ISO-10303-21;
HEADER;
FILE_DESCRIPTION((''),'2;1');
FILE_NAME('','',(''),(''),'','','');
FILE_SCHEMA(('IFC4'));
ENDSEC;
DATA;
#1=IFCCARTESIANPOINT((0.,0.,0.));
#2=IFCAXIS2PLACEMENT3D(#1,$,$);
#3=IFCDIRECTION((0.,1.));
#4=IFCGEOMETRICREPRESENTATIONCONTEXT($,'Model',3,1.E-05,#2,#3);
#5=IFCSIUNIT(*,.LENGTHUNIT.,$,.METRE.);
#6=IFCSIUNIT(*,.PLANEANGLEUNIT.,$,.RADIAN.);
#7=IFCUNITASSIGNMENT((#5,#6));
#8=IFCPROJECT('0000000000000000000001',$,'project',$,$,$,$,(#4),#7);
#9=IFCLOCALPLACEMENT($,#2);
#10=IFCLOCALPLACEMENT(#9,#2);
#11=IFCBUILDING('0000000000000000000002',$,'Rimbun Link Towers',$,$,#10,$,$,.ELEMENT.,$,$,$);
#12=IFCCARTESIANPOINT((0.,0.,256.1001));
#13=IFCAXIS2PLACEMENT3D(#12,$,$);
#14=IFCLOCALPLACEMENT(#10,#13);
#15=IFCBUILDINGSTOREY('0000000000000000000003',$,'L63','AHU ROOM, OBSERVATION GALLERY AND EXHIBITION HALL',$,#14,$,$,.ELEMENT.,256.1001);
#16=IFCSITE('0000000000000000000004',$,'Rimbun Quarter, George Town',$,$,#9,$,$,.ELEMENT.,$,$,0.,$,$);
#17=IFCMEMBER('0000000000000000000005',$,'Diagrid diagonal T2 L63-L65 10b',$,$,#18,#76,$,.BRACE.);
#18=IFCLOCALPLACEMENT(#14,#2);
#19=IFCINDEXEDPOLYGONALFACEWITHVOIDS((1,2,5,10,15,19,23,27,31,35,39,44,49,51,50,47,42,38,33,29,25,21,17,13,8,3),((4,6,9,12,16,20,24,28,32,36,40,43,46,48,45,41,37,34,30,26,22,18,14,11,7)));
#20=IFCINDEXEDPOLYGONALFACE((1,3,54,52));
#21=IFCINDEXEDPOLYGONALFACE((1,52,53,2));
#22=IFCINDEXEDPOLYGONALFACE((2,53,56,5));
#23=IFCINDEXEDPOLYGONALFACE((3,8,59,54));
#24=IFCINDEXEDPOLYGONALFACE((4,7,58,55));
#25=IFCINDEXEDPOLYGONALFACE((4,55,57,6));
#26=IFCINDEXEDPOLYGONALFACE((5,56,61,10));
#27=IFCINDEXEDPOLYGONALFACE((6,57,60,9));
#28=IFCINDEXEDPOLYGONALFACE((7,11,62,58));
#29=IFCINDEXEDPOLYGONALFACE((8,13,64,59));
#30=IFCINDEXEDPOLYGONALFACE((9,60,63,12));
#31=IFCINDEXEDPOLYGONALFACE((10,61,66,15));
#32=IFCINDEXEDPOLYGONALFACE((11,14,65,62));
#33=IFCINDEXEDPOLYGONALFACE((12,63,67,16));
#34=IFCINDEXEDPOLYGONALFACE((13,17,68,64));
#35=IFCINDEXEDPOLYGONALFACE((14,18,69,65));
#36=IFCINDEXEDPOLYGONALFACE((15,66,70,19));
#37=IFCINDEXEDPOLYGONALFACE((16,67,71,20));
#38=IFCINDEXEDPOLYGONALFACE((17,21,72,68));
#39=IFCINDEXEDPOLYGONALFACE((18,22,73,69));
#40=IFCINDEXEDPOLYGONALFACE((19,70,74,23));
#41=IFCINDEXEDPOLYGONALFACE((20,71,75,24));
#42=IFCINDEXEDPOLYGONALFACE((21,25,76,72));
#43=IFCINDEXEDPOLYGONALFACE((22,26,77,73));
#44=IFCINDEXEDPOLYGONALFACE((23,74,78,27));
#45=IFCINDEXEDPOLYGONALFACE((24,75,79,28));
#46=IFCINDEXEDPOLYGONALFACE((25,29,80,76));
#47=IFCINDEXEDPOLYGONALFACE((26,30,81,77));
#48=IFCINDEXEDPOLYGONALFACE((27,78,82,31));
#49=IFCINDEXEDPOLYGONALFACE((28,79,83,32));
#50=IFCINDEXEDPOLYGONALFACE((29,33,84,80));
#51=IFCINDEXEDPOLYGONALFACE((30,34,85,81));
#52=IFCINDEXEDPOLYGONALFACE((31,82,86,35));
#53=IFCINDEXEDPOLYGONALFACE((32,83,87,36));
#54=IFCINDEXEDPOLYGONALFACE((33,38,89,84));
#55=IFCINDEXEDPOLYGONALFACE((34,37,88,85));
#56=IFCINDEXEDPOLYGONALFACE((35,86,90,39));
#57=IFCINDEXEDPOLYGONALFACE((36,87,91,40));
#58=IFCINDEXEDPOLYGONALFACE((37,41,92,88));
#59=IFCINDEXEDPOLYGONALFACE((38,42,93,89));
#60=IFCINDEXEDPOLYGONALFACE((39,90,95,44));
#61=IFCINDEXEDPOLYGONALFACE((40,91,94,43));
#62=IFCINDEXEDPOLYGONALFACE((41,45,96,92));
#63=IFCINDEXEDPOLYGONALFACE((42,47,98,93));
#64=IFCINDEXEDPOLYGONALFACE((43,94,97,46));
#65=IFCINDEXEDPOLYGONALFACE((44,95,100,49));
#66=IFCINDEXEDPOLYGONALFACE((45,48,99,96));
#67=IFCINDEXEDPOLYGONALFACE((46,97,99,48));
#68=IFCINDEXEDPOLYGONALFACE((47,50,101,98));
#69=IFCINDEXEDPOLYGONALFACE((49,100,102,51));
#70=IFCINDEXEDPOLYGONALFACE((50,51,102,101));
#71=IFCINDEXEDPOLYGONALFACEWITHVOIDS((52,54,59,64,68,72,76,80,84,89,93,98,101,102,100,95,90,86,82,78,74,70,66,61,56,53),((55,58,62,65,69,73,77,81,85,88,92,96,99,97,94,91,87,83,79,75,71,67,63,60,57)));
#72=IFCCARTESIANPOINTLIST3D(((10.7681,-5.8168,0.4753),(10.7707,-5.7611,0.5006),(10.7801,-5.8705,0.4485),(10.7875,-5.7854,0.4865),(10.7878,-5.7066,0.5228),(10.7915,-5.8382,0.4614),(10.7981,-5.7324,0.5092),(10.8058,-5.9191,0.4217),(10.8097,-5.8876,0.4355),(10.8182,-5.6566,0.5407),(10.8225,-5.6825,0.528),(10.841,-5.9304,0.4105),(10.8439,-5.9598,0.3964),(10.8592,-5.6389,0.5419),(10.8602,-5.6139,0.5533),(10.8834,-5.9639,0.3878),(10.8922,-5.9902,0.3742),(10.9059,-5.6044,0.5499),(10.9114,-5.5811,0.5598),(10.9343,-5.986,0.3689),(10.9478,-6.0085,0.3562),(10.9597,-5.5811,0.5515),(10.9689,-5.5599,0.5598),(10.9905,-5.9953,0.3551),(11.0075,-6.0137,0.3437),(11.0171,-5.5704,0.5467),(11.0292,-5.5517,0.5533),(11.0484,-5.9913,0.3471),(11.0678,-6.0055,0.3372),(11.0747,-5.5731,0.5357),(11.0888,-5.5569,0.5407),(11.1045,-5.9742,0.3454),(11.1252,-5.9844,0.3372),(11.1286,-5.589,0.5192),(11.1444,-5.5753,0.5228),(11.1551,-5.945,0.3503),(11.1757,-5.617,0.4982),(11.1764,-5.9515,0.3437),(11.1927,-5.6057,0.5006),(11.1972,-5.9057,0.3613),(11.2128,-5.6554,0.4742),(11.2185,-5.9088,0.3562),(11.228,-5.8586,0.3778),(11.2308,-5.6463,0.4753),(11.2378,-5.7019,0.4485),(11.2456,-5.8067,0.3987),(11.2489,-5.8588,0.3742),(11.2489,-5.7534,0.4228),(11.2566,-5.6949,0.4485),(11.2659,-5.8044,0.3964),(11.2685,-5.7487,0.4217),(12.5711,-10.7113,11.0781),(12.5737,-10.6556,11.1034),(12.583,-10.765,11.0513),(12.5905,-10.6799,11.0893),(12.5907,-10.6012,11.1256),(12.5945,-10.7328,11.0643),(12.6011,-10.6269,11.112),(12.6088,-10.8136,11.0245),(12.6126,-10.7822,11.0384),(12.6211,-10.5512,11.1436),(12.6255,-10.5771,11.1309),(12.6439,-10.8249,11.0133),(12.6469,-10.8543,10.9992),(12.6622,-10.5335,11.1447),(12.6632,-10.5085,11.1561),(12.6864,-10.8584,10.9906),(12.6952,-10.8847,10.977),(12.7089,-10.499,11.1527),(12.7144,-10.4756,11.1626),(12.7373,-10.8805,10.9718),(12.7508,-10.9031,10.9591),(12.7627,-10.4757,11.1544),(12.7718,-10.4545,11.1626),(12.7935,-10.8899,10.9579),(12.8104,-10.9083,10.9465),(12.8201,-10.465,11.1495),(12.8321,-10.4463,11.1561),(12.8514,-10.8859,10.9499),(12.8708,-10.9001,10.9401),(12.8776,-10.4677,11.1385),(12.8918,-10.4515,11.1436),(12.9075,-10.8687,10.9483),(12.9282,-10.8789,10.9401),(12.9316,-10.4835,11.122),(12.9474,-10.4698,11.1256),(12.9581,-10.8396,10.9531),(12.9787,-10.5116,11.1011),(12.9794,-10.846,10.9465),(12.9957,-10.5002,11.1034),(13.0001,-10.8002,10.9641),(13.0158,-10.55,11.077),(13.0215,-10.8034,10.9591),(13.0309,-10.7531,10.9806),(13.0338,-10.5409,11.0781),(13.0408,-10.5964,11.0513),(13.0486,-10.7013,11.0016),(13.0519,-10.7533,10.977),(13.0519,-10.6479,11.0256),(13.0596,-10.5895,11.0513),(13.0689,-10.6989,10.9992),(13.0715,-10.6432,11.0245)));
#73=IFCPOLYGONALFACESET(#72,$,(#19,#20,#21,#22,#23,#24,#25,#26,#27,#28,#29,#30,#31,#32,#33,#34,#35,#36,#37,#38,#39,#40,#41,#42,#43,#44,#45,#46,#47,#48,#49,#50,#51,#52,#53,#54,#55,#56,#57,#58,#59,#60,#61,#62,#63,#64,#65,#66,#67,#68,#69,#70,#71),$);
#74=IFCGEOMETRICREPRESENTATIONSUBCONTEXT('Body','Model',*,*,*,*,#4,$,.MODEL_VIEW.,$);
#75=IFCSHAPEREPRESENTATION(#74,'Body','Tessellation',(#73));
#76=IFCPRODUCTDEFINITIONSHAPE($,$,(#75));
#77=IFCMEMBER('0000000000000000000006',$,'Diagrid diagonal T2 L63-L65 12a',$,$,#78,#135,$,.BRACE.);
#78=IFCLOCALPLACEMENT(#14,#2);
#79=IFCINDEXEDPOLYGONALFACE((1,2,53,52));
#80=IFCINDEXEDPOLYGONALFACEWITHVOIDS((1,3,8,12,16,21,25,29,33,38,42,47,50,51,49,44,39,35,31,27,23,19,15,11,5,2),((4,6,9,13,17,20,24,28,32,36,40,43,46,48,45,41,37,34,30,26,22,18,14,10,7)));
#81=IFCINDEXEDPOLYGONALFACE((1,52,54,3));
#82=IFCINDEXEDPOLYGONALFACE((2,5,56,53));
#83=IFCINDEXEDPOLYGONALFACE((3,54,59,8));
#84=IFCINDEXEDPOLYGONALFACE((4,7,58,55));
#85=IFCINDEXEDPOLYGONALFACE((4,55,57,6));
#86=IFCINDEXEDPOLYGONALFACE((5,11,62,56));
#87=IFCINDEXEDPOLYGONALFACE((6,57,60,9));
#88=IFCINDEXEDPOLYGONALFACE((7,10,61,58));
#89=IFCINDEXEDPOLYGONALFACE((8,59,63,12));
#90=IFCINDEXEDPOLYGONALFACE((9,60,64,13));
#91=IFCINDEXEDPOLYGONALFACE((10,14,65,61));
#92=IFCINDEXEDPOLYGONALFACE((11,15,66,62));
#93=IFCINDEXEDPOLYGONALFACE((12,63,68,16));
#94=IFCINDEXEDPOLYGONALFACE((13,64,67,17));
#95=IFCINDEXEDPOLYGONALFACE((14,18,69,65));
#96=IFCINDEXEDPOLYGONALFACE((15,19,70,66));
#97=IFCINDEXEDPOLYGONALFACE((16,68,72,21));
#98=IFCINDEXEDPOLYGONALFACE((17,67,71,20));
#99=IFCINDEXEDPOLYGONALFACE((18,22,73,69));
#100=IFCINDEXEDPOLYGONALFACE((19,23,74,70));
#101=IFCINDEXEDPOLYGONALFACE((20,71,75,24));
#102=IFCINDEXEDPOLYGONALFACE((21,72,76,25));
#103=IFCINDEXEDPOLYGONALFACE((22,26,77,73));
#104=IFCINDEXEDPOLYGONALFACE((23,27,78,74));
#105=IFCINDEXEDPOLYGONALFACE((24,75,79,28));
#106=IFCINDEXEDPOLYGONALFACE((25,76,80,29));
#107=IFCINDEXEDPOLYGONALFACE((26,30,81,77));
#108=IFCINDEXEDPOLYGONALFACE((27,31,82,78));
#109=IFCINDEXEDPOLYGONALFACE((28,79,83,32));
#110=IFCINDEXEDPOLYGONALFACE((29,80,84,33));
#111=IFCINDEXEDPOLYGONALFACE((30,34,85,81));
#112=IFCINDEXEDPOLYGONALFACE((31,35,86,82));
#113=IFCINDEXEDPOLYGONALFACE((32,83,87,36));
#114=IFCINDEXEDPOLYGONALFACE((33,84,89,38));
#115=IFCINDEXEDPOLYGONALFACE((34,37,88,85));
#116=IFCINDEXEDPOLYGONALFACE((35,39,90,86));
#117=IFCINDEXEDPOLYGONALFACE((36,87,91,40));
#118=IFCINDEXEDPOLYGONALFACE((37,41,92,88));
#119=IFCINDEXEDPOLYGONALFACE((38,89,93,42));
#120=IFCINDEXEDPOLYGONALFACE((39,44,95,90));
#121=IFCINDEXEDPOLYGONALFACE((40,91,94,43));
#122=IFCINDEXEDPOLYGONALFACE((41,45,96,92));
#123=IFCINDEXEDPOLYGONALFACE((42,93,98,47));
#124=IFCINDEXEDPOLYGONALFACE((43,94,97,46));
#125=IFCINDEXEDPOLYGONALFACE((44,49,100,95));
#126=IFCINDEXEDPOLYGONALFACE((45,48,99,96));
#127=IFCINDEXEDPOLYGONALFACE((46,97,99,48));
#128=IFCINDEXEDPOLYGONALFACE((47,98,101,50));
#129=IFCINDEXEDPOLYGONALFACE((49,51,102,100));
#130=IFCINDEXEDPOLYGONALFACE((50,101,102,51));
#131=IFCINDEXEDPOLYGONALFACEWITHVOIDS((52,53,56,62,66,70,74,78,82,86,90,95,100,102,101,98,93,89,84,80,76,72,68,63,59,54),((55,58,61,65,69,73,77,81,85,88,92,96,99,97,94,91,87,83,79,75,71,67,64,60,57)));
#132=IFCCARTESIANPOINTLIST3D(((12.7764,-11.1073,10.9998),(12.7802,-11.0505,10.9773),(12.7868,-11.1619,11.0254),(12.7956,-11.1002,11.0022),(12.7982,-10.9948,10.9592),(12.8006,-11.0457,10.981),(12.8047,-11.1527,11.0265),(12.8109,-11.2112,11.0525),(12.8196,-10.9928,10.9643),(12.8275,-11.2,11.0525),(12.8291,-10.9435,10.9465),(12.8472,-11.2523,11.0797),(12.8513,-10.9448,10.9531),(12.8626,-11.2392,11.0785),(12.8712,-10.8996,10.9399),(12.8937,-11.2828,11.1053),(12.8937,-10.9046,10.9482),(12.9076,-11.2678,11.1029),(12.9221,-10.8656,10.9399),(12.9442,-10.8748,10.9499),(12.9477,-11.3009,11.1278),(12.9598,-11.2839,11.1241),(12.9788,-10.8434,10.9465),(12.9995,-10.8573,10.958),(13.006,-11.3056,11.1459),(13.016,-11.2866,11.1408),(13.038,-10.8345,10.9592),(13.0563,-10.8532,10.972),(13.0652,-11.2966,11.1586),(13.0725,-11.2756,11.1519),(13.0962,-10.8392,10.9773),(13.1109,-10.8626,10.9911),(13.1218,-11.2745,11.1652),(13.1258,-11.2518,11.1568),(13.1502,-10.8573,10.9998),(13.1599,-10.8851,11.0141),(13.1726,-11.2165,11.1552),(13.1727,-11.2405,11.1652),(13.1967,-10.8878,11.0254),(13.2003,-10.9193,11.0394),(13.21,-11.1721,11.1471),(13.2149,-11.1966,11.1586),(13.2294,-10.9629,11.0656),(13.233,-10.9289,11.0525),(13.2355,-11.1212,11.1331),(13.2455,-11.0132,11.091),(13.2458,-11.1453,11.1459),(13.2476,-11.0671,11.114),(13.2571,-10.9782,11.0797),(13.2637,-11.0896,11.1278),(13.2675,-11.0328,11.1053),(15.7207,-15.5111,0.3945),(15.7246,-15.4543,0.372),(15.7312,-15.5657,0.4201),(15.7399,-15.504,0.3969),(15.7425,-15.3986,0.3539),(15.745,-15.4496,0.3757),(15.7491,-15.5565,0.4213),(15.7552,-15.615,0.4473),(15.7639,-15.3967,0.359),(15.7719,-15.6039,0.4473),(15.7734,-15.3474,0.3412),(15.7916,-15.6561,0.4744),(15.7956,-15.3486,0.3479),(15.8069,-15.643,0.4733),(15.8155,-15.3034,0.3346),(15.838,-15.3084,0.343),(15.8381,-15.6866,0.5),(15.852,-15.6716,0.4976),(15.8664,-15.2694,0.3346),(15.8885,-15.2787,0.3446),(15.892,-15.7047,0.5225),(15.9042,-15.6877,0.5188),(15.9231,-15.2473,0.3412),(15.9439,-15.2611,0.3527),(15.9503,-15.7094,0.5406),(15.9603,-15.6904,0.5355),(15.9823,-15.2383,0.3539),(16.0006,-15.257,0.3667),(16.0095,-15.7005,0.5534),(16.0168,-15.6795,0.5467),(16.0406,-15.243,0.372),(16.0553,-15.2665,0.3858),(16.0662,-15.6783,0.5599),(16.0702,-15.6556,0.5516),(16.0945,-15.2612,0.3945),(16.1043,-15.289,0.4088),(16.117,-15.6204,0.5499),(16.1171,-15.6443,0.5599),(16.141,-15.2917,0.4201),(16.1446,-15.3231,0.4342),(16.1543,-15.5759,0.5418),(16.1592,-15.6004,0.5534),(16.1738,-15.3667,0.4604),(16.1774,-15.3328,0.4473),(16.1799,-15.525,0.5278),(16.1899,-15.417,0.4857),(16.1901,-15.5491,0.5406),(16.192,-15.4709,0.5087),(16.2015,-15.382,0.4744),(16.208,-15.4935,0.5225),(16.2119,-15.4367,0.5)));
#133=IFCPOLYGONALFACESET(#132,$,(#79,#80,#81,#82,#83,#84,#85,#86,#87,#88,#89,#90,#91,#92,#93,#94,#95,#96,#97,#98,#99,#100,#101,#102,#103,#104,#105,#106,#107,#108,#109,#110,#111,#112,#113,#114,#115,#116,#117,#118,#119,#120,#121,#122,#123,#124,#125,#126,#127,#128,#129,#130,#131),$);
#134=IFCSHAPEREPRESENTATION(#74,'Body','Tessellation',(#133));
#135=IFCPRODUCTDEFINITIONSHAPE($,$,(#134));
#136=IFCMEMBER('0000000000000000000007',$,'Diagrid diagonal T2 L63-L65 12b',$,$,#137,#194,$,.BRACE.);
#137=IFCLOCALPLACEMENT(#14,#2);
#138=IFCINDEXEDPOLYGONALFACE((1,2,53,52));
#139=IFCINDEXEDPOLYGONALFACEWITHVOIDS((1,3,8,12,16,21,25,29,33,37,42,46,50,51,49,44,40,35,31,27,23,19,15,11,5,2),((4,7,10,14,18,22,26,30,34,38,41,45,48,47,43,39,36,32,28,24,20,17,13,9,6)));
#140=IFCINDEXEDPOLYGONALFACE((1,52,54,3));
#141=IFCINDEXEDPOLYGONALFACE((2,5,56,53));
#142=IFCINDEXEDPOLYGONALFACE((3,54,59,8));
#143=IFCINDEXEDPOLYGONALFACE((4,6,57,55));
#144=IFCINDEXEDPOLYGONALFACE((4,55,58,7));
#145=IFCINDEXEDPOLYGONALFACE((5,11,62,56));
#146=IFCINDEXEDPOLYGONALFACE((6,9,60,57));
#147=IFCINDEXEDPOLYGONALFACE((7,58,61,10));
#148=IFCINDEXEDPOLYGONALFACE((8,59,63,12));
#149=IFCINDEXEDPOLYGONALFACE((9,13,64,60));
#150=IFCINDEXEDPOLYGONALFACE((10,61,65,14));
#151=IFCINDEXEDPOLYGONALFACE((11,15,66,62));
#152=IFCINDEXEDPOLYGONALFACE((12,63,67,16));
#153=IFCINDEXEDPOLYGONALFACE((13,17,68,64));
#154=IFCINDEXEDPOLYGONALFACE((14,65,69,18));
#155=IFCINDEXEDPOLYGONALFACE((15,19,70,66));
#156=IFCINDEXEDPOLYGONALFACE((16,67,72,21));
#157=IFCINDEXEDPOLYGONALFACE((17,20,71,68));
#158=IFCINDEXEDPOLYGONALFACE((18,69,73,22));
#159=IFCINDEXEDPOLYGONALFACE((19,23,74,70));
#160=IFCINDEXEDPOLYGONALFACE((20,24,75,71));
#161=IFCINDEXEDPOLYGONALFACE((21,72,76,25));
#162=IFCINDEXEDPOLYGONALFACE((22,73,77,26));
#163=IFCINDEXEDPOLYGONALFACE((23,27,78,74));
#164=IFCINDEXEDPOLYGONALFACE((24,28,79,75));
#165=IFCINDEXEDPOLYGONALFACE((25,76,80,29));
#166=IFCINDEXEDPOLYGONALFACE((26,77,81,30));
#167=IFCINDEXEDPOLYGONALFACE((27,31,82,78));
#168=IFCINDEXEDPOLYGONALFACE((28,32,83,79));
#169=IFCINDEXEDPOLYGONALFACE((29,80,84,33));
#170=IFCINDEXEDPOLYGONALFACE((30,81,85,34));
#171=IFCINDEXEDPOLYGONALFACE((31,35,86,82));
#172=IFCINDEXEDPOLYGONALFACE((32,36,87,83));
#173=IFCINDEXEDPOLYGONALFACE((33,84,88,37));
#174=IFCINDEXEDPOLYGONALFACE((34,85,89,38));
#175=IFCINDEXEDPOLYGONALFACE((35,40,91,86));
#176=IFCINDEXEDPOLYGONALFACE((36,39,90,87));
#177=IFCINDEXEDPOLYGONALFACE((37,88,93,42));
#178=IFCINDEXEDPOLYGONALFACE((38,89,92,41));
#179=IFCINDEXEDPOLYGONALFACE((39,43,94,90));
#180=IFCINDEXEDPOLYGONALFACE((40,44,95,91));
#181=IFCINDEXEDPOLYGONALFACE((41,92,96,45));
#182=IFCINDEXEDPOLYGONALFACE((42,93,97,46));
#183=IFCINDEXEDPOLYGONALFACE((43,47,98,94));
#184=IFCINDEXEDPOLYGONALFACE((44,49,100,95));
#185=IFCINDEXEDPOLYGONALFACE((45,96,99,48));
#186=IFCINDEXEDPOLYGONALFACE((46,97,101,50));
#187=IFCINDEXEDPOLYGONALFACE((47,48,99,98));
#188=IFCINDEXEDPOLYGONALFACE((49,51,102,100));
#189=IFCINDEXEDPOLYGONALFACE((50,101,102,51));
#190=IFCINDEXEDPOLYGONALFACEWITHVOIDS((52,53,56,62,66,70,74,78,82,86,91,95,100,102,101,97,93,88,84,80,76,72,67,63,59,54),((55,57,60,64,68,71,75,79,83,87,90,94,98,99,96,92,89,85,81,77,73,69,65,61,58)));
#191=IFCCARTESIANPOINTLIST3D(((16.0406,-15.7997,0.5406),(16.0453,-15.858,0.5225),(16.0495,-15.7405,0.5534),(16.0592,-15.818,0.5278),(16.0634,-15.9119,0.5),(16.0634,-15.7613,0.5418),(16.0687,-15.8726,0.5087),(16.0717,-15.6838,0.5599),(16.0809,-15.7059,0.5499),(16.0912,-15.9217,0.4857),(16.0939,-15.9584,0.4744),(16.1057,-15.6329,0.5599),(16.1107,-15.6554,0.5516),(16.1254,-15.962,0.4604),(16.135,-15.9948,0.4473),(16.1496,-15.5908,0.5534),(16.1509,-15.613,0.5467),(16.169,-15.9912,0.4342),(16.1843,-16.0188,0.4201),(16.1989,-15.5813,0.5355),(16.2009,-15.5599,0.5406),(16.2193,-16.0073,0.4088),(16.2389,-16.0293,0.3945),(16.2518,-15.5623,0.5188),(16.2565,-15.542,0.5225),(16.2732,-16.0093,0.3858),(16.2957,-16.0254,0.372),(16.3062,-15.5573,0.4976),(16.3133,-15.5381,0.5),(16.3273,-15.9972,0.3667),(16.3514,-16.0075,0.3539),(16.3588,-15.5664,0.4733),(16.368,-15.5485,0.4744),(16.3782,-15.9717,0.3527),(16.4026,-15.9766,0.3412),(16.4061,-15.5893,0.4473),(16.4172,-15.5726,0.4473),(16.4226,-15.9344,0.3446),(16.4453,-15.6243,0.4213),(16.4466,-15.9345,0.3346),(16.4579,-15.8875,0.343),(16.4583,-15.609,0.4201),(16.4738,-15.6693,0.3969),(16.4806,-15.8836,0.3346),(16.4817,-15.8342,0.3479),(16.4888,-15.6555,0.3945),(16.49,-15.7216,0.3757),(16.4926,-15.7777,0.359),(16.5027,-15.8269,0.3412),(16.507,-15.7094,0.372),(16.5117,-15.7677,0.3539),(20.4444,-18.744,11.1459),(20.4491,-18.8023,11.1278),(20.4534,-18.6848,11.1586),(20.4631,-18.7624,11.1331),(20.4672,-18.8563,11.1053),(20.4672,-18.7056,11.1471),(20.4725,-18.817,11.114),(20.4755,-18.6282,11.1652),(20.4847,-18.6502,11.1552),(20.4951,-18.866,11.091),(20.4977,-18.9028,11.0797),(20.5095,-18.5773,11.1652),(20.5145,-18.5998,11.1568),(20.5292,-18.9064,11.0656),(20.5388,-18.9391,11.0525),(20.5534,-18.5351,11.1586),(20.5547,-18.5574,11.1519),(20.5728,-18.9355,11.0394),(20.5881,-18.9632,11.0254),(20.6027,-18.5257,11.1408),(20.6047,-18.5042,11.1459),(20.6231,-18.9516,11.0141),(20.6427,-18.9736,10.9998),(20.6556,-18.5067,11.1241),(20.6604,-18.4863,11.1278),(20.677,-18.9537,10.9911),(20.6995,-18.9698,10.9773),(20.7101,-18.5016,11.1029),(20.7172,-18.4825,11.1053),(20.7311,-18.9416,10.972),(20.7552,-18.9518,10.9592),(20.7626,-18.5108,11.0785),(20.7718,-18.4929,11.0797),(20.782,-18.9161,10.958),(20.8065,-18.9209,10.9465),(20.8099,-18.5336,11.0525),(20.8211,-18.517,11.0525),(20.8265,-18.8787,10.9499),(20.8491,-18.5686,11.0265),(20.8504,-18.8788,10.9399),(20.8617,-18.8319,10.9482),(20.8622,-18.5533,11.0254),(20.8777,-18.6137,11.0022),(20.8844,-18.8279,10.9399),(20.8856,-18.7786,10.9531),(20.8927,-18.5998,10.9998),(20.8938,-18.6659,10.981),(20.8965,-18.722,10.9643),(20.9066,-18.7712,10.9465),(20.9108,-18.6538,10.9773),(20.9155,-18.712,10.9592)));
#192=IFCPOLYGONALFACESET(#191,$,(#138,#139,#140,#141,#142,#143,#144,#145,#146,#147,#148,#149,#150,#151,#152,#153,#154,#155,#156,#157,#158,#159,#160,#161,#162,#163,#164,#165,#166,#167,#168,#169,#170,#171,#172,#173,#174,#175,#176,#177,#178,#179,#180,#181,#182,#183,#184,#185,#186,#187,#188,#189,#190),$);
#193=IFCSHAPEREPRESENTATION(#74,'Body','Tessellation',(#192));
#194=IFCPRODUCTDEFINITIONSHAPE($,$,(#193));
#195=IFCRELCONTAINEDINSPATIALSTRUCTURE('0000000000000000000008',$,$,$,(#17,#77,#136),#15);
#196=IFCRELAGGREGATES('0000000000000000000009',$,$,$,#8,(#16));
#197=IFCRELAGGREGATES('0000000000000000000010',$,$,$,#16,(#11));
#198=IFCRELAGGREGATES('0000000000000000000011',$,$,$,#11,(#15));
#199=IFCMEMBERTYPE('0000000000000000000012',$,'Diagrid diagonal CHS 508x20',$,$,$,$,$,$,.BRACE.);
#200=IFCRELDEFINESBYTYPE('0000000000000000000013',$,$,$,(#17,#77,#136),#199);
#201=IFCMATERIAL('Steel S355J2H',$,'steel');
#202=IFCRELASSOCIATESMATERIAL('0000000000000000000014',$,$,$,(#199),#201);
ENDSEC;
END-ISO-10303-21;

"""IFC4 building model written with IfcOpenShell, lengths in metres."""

from ifc_helpers import new_model, si_unit, direction, frame, origin, origin_2d, place, context, subcontext, project, spatial, hollow_circle, extrude, material, material_profile, profile_set, type_object, element, save


model = new_model("IFC4")

# Units and contexts
model_context = context("Model", 3, precision=1e-05, world=origin(), true_north=direction((0.0, 1.0)))
body_context = subcontext(model_context, "Body", "Model", "MODEL_VIEW")
ifc_project = project(units=[si_unit("LENGTHUNIT", "METRE"), si_unit("PLANEANGLEUNIT", "RADIAN")], contexts=[model_context])

# Site, building, storey
site_placement = place(None, origin())
site = spatial("IfcSite", under=ifc_project, at=site_placement, Name="Rimbun Quarter, George Town", CompositionType="ELEMENT", RefElevation=0.0)
building_placement = place(site_placement, origin())
building = spatial("IfcBuilding", under=site, at=building_placement, Name="Rimbun Link Towers", CompositionType="ELEMENT")
storey_placement = place(building_placement, frame((0.0, 0.0, 256.1001)))
storey = spatial("IfcBuildingStorey", under=building, at=storey_placement, Name="L63", Description="AHU ROOM, OBSERVATION GALLERY AND EXHIBITION HALL", CompositionType="ELEMENT", Elevation=256.1001)

# Members
ifc_material_1 = material(Name="Steel S355J2H", Category="steel")
ifc_material_profile_1 = material_profile(ifc_material_1, hollow_circle(Radius=0.2539, WallThickness=0.02, at=origin_2d()), Name="Diagrid diagonal CHS 508x20")
ifc_profile_set_1 = profile_set([ifc_material_profile_1], Name="Steel S355J2H")
member_type_1 = type_object("IfcMemberType", Name="Diagrid diagonal CHS 508x20", PredefinedType="BRACE", material=ifc_profile_set_1)
member_1_placement = place(storey_placement, frame((11.0183, -5.7827, 0.4485), z_axis=(0.152583, -0.414217, 0.897297), x_axis=(0.93836, 0.34566, 0.0)))
element("IfcMember", 1, at=member_1_placement, inside=storey, type_object=member_type_1, Name="Diagrid diagonal T2 L63-L65 10b", PredefinedType="BRACE", context=body_context, shape_type="SweptSolid", body=[
    extrude(hollow_circle(Radius=0.2539, WallThickness=0.02, at=origin_2d()), origin(), (0.0, 0.0, 1.0), 11.8164),
])
for number, where, z_axis, x_axis, name in (
    (2, (15.9663, -15.4739, 0.4473), (-0.248369, 0.371483, 0.894602), (-0.831312, -0.555806, 0.0), "Diagrid diagonal T2 L63-L65 12a"),
    (3, (16.2761, -15.7837, 0.4473), (0.371483, -0.248369, 0.894602), (0.555806, 0.831312, 0.0), "Diagrid diagonal T2 L63-L65 12b"),
):
    element("IfcMember", number, at=place(storey_placement, frame(where, z_axis=z_axis, x_axis=x_axis)), inside=storey, type_object=member_type_1, Name=name, PredefinedType="BRACE", context=body_context, shape_type="SweptSolid", body=[
        extrude(hollow_circle(Radius=0.2539, WallThickness=0.02, at=origin_2d()), origin(), (0.0, 0.0, 1.0), 11.8547),
    ])

save(model, "model.ifc")
